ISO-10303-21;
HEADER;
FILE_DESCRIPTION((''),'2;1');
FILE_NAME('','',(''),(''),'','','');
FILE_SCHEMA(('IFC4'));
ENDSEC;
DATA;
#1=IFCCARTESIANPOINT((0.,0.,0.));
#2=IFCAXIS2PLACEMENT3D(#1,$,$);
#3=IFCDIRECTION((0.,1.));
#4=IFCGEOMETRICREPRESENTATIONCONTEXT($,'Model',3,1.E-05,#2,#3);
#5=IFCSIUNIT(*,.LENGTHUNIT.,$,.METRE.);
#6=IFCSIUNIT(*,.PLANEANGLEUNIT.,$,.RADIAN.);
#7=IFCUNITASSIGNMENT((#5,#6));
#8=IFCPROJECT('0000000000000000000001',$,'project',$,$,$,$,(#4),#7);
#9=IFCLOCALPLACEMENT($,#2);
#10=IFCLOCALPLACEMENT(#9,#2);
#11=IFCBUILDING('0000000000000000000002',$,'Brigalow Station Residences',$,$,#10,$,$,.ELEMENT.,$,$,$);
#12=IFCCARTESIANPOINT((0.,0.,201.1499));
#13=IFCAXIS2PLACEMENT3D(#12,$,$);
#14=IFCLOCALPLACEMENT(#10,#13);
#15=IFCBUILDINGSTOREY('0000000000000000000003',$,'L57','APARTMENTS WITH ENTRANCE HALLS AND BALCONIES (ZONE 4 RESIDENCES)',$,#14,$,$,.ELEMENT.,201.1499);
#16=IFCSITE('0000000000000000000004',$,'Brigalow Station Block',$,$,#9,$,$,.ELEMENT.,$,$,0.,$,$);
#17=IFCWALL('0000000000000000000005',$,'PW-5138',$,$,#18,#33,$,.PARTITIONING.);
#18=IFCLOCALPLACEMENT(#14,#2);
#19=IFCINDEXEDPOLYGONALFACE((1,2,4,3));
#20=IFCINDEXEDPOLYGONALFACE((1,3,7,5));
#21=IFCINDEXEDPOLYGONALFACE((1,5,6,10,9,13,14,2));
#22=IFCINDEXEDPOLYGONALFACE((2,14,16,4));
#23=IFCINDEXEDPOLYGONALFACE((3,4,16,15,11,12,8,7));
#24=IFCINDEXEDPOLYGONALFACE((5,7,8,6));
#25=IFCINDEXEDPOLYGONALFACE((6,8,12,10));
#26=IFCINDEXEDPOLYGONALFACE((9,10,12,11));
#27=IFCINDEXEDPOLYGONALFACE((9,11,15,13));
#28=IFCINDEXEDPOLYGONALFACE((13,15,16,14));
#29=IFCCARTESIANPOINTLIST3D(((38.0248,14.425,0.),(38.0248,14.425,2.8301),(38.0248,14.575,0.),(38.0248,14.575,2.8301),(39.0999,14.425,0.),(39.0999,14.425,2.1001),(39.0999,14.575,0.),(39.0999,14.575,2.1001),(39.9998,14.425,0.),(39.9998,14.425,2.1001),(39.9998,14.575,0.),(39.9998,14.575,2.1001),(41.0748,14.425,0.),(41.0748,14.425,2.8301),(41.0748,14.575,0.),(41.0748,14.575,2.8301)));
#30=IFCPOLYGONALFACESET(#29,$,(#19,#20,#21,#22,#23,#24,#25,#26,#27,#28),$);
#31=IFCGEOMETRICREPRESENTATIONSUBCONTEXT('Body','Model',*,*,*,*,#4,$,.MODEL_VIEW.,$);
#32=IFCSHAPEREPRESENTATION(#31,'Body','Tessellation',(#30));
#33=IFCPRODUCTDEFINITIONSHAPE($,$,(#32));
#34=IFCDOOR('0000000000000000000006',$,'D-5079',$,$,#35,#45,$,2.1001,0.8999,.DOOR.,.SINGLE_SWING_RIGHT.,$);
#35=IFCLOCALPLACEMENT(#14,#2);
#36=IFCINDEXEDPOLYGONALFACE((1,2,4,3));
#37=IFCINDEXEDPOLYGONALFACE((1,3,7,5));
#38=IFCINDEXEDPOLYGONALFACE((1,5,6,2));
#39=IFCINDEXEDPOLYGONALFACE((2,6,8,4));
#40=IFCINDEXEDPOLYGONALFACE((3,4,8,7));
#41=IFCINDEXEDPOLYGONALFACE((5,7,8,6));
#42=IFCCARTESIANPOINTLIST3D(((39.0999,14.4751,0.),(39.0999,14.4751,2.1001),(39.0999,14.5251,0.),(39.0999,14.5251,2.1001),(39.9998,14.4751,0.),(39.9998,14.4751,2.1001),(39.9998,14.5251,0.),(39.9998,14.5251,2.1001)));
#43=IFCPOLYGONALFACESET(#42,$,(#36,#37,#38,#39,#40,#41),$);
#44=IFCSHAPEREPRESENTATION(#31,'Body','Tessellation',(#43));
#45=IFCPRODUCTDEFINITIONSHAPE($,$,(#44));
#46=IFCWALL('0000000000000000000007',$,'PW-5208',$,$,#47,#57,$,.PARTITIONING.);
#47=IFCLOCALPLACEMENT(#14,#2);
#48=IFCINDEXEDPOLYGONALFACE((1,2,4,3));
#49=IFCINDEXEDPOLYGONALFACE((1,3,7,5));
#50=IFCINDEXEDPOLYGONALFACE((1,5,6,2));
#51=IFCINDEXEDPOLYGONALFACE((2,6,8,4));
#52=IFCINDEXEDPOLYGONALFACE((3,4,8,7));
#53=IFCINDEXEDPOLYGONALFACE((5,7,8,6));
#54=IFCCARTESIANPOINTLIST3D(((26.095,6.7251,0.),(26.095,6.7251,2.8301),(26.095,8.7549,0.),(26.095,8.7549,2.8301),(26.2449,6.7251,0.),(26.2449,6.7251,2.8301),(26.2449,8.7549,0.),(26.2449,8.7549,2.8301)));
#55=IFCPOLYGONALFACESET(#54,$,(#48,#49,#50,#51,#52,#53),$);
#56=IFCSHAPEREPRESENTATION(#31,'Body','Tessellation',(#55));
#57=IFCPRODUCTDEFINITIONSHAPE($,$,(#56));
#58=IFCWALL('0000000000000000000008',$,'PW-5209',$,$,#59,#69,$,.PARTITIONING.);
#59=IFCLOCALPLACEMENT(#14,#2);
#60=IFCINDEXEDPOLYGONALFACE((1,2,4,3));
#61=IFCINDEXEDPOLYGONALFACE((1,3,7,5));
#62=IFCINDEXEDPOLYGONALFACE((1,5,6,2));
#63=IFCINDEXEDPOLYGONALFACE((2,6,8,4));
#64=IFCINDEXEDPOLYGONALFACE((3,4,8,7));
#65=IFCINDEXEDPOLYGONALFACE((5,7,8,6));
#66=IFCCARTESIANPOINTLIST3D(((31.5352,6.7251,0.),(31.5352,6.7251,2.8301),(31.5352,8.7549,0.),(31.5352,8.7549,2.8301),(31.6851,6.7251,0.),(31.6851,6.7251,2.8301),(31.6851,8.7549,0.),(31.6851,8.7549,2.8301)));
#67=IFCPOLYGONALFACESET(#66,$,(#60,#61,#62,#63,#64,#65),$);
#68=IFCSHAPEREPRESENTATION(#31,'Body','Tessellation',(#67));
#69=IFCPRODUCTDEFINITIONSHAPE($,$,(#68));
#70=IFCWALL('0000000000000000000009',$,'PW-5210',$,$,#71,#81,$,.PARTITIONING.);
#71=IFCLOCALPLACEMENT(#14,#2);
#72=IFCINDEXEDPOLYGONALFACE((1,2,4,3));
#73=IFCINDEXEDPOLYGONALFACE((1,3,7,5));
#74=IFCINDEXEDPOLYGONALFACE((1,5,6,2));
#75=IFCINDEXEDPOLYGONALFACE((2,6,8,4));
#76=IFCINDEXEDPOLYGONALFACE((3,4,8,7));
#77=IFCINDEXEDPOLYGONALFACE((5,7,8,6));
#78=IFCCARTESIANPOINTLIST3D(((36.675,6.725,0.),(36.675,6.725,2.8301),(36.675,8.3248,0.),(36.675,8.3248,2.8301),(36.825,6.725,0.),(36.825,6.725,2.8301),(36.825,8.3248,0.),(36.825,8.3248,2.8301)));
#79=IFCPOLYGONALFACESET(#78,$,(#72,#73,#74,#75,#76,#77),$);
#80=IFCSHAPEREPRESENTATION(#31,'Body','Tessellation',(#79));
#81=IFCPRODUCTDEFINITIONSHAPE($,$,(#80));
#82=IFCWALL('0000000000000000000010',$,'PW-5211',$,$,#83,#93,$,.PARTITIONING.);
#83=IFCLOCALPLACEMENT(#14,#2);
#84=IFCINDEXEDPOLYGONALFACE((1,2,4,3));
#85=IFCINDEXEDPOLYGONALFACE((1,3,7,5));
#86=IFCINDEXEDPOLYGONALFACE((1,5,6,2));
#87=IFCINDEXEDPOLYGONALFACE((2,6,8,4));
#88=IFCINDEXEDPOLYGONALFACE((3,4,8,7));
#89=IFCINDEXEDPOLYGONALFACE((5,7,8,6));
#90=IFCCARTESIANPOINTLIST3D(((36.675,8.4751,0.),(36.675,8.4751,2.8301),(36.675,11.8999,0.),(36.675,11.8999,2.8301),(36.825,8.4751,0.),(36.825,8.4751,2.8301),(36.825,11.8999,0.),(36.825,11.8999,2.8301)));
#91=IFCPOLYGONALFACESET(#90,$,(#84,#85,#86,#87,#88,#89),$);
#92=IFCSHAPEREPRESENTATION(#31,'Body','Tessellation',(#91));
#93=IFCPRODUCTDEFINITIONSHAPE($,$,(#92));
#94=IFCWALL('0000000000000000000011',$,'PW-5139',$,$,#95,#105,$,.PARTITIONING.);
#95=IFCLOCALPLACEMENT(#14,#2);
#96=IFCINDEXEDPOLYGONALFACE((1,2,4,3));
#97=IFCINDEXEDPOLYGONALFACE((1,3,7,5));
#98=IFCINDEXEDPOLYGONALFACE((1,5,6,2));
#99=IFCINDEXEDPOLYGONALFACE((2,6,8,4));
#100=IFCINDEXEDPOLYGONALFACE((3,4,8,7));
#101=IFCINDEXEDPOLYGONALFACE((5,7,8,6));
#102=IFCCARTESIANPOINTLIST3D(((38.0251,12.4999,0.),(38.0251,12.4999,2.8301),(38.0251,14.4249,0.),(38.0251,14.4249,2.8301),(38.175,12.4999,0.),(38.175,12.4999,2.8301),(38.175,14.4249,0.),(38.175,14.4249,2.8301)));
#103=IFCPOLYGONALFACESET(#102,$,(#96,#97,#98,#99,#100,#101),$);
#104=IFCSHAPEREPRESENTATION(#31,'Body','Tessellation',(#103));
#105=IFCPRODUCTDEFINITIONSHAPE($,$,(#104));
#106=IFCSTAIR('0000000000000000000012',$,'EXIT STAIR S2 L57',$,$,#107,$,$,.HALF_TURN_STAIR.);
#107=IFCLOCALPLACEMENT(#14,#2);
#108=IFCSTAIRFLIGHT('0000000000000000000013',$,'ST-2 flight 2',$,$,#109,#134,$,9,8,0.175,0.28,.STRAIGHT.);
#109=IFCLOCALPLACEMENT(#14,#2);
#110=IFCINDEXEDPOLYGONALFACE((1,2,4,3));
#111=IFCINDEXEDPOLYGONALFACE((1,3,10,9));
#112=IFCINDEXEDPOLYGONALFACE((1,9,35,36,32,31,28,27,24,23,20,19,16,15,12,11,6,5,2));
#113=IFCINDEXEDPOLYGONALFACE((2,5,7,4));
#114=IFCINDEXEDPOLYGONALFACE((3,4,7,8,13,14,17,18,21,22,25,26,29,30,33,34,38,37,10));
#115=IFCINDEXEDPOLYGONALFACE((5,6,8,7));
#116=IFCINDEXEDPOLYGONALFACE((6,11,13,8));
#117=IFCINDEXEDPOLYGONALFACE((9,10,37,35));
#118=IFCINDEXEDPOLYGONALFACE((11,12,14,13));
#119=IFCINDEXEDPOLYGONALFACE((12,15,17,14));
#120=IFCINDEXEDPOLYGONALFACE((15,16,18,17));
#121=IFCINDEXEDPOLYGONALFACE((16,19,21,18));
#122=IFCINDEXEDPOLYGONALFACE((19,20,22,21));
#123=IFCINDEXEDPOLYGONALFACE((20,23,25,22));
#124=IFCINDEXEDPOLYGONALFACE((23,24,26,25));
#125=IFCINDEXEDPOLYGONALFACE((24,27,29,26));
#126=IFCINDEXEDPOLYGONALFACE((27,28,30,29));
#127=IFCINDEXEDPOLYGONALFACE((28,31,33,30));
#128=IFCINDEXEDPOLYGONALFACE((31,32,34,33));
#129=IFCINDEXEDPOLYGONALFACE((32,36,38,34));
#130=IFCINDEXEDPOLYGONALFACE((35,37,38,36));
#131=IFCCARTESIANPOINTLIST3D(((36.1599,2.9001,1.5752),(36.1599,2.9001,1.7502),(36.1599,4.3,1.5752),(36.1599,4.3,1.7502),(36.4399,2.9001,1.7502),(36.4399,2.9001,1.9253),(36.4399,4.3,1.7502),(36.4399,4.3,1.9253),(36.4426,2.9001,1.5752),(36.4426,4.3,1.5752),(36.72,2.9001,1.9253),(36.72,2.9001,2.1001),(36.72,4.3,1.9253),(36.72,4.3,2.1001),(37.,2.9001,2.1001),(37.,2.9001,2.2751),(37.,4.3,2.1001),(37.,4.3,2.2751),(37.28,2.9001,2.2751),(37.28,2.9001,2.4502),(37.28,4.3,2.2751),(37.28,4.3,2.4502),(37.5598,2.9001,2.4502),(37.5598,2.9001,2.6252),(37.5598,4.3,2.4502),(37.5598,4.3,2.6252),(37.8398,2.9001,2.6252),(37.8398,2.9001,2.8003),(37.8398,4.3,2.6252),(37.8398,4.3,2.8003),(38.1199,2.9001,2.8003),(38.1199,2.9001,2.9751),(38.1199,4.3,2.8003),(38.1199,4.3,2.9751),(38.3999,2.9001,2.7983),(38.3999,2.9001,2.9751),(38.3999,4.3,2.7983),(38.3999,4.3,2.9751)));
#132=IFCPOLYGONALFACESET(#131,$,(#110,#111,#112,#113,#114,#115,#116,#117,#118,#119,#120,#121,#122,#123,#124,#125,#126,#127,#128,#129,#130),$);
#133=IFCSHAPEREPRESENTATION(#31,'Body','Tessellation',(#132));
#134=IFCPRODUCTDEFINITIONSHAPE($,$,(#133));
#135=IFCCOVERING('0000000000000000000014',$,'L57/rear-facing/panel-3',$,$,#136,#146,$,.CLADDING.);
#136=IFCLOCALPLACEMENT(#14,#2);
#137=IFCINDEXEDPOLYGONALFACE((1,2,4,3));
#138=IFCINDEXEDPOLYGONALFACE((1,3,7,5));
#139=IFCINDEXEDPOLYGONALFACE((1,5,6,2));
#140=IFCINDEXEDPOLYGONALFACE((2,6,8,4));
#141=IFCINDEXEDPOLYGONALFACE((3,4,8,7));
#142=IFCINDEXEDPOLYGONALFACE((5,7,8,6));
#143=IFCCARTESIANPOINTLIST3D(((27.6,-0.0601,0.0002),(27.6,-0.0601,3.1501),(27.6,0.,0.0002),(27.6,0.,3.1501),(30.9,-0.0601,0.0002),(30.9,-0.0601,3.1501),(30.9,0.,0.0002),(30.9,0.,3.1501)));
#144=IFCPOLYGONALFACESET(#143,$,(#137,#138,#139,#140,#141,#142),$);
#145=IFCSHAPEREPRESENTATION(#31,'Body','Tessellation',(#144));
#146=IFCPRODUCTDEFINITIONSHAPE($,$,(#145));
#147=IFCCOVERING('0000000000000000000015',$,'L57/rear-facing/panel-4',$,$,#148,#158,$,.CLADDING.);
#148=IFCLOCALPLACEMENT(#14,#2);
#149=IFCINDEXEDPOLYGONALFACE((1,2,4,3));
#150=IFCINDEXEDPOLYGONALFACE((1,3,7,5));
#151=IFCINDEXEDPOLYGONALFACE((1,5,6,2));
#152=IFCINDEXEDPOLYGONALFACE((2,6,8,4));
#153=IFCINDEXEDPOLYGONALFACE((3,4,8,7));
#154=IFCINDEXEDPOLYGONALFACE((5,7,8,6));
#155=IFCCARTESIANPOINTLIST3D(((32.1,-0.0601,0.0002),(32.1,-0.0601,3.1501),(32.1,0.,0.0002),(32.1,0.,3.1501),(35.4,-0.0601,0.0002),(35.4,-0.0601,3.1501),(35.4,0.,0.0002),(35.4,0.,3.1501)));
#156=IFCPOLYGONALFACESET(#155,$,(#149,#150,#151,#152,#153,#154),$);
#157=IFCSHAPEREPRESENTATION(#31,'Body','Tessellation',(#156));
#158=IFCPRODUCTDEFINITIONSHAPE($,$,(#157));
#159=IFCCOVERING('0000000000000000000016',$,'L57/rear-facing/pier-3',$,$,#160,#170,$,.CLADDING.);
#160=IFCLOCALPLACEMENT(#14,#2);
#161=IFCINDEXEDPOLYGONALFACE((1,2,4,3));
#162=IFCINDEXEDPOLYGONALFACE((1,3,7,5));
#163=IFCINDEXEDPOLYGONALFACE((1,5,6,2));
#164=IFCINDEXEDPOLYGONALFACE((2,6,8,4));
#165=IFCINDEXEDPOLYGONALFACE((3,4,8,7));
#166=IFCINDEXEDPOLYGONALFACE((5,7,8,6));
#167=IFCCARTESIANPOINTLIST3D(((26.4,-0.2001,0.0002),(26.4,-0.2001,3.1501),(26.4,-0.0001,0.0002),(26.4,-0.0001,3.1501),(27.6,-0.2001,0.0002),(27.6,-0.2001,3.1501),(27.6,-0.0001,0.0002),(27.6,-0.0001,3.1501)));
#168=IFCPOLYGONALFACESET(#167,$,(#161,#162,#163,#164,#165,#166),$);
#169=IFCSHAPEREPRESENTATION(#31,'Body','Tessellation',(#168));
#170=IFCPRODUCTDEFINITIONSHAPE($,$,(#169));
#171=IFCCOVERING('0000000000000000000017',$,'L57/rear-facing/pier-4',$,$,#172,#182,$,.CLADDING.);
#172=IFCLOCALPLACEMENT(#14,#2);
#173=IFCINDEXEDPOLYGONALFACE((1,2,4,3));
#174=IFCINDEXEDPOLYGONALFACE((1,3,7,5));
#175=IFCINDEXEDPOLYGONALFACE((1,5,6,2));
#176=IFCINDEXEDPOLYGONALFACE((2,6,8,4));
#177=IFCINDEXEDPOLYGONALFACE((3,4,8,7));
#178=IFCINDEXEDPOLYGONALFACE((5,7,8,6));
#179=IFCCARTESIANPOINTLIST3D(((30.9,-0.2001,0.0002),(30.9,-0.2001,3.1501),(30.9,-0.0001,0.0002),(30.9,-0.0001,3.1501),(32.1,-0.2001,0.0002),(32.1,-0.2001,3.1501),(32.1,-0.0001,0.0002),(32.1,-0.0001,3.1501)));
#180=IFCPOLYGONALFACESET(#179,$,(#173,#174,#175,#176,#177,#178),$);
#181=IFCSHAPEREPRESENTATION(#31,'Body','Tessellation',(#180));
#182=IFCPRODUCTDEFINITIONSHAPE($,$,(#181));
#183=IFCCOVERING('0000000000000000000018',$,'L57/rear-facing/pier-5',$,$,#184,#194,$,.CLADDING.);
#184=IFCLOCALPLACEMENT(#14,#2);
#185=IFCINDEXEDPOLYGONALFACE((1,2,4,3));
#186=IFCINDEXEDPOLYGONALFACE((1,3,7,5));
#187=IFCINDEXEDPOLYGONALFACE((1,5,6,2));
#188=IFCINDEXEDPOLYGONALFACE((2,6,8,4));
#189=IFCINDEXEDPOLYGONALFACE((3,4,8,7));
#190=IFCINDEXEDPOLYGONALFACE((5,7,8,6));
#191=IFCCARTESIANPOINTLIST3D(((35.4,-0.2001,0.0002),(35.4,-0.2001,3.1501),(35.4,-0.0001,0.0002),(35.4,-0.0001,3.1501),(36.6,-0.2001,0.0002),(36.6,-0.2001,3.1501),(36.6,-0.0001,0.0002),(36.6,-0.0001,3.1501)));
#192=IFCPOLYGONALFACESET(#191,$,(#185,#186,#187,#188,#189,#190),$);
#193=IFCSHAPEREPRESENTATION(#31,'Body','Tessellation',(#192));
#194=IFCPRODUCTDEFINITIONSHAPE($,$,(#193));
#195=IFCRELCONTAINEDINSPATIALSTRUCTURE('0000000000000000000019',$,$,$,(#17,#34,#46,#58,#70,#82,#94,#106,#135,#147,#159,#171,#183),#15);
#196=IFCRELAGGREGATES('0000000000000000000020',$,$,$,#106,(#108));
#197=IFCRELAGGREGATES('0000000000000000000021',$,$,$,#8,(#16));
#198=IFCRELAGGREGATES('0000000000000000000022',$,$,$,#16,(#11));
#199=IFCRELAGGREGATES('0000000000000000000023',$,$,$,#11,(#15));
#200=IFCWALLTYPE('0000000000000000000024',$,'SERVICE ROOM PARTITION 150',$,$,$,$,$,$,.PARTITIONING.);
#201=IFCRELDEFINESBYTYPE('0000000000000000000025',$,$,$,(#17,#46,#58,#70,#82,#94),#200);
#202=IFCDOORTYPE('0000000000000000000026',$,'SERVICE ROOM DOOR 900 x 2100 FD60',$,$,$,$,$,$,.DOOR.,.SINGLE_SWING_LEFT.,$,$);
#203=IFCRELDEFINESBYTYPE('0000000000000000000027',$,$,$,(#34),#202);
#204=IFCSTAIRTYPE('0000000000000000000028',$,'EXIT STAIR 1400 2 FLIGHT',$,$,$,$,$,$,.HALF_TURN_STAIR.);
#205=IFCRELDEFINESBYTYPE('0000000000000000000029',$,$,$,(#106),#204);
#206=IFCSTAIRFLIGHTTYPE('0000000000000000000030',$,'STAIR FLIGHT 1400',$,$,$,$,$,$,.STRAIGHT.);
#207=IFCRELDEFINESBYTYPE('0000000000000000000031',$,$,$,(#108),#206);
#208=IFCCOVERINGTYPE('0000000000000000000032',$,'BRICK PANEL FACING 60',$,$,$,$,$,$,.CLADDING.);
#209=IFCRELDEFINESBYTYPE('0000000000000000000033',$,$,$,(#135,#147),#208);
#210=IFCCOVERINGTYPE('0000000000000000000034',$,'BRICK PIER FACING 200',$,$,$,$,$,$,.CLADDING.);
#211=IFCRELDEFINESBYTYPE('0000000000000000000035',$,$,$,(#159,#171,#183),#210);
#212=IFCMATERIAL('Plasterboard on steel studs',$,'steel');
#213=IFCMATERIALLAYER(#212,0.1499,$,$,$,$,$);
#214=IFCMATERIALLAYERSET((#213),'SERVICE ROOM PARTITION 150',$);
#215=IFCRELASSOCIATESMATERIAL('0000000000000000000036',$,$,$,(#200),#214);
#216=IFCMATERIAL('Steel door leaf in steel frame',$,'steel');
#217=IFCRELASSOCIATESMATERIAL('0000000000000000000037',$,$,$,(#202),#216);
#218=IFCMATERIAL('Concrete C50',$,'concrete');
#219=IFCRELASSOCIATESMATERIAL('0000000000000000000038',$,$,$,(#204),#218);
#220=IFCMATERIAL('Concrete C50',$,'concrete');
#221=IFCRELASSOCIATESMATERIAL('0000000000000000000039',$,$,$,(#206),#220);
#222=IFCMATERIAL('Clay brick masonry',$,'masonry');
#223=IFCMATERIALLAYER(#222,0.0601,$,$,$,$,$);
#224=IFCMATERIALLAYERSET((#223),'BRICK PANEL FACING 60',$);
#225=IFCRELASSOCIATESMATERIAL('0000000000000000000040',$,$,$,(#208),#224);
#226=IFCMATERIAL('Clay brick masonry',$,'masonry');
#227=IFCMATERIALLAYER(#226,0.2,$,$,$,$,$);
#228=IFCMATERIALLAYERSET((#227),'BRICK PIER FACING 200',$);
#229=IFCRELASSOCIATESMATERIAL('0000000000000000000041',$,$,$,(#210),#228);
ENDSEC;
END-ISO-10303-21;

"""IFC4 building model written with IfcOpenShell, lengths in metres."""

from ifc_helpers import new_model, si_unit, direction, frame, frame_2d, origin, origin_2d, place, context, subcontext, project, spatial, polyline, rectangle, outline, extrude, material, layer, layer_set, type_object, element, fill, aggregate, save


model = new_model("IFC4")

# Units and contexts
model_context = context("Model", 3, precision=1e-05, world=origin(), true_north=direction((0.0, 1.0)))
body_context = subcontext(model_context, "Body", "Model", "MODEL_VIEW")
ifc_project = project(units=[si_unit("LENGTHUNIT", "METRE"), si_unit("PLANEANGLEUNIT", "RADIAN")], contexts=[model_context])

# Site, building, storey
site_placement = place(None, origin())
site = spatial("IfcSite", under=ifc_project, at=site_placement, Name="Brigalow Station Block", CompositionType="ELEMENT", RefElevation=0.0)
building_placement = place(site_placement, origin())
building = spatial("IfcBuilding", under=site, at=building_placement, Name="Brigalow Station Residences", CompositionType="ELEMENT")
storey_placement = place(building_placement, frame((0.0, 0.0, 201.1499)))
storey = spatial("IfcBuildingStorey", under=building, at=storey_placement, Name="L57", Description="APARTMENTS WITH ENTRANCE HALLS AND BALCONIES (ZONE 4 RESIDENCES)", CompositionType="ELEMENT", Elevation=201.1499)

# Shared definitions
ifc_material_1 = material(Name="Plasterboard on steel studs", Category="steel")
ifc_layer_1 = layer(ifc_material_1, 0.1499)
ifc_layer_set_1 = layer_set([ifc_layer_1], Name="SERVICE ROOM PARTITION 150")
wall_type_1 = type_object("IfcWallType", Name="SERVICE ROOM PARTITION 150", PredefinedType="PARTITIONING", material=ifc_layer_set_1)

# Wall, opening, door
wall_1_placement = place(storey_placement, frame((38.0249, 14.5, 0.0), z_axis=(0.0, 0.0, 1.0), x_axis=(1.0, 0.0, 0.0)))
wall_1 = element("IfcWall", 1, at=wall_1_placement, inside=storey, type_object=wall_type_1, Name="PW-5138", PredefinedType="PARTITIONING", context=body_context, shape_type="SweptSolid", body=[
    extrude(rectangle(XDim=3.05, YDim=0.1499, at=frame_2d((1.5249, 0.0))), origin(), (0.0, 0.0, 1.0), 2.8301),
])
opening_1_placement = place(wall_1_placement, frame((1.075, 0.0, 0.0)))
opening_1 = element("IfcOpeningElement", 2, at=opening_1_placement, cuts=wall_1, PredefinedType="OPENING", context=body_context, shape_type="SweptSolid", body=[
    extrude(rectangle(XDim=0.8999, YDim=2.1001, at=frame_2d((0.45, 1.05))), frame((0.0, 0.085, 0.0), z_axis=(0.0, -1.0, 0.0), x_axis=(1.0, 0.0, 0.0)), (0.0, 0.0, 1.0), 0.1699),
])
ifc_material_2 = material(Name="Steel door leaf in steel frame", Category="steel")
door_type_1 = type_object("IfcDoorType", Name="SERVICE ROOM DOOR 900 x 2100 FD60", OperationType="SINGLE_SWING_LEFT", PredefinedType="DOOR", material=ifc_material_2)
door_1_placement = place(opening_1_placement, frame((0.8999, 0.0, 0.0), z_axis=(0.0, 0.0, 1.0), x_axis=(-1.0, 0.0, 0.0)))
door_1 = element("IfcDoor", 3, at=door_1_placement, inside=storey, type_object=door_type_1, Name="D-5079", OperationType="SINGLE_SWING_RIGHT", OverallHeight=2.1001, OverallWidth=0.8999, PredefinedType="DOOR", context=body_context, shape_type="SweptSolid", body=[
    extrude(rectangle(XDim=0.8999, YDim=2.1001, at=frame_2d((0.45, 1.05))), frame((0.0, 0.0249, 0.0), z_axis=(0.0, -1.0, 0.0), x_axis=(1.0, 0.0, 0.0)), (0.0, 0.0, 1.0), 0.05),
])
fill(opening_1, door_1)

# Walls
for number, where, z_axis, x_axis, name in (
    (4, (26.1699, 6.7251, 0.0), (0.0, 0.0, 1.0), (0.0, 1.0, 0.0), "PW-5208"),
    (5, (31.6101, 6.7251, 0.0), (0.0, 0.0, 1.0), (0.0, 1.0, 0.0), "PW-5209"),
):
    element("IfcWall", number, at=place(storey_placement, frame(where, z_axis=z_axis, x_axis=x_axis)), inside=storey, type_object=wall_type_1, Name=name, PredefinedType="PARTITIONING", context=body_context, shape_type="SweptSolid", body=[
        extrude(rectangle(XDim=2.0298, YDim=0.1499, at=frame_2d((1.0149, 0.0))), origin(), (0.0, 0.0, 1.0), 2.8301),
    ])
wall_2_placement = place(storey_placement, frame((36.75, 6.7251, 0.0), z_axis=(0.0, 0.0, 1.0), x_axis=(0.0, 1.0, 0.0)))
element("IfcWall", 6, at=wall_2_placement, inside=storey, type_object=wall_type_1, Name="PW-5210", PredefinedType="PARTITIONING", context=body_context, shape_type="SweptSolid", body=[
    extrude(rectangle(XDim=1.5999, YDim=0.1499, at=frame_2d((0.7998, 0.0))), origin(), (0.0, 0.0, 1.0), 2.8301),
])
wall_3_placement = place(storey_placement, frame((36.75, 8.4751, 0.0), z_axis=(0.0, 0.0, 1.0), x_axis=(0.0, 1.0, 0.0)))
element("IfcWall", 7, at=wall_3_placement, inside=storey, type_object=wall_type_1, Name="PW-5211", PredefinedType="PARTITIONING", context=body_context, shape_type="SweptSolid", body=[
    extrude(rectangle(XDim=3.4248, YDim=0.1499, at=frame_2d((1.7124, 0.0))), origin(), (0.0, 0.0, 1.0), 2.8301),
])
wall_4_placement = place(storey_placement, frame((38.1001, 12.5, 0.0), z_axis=(0.0, 0.0, 1.0), x_axis=(0.0, 1.0, 0.0)))
element("IfcWall", 8, at=wall_4_placement, inside=storey, type_object=wall_type_1, Name="PW-5139", PredefinedType="PARTITIONING", context=body_context, shape_type="SweptSolid", body=[
    extrude(rectangle(XDim=1.925, YDim=0.1499, at=frame_2d((0.9624, 0.0))), origin(), (0.0, 0.0, 1.0), 2.8301),
])

# Stair, stair flight
ifc_material_3 = material(Name="Concrete C50", Category="concrete")
stair_type = type_object("IfcStairType", Name="EXIT STAIR 1400 2 FLIGHT", PredefinedType="HALF_TURN_STAIR", material=ifc_material_3)
stair_placement = place(storey_placement, origin())
stair = element("IfcStair", 9, at=stair_placement, inside=storey, type_object=stair_type, Name="EXIT STAIR S2 L57", PredefinedType="HALF_TURN_STAIR")
ifc_material_4 = material(Name="Concrete C50", Category="concrete")
stair_flight_type = type_object("IfcStairFlightType", Name="STAIR FLIGHT 1400", PredefinedType="STRAIGHT", material=ifc_material_4)
stair_flight_placement = place(storey_placement, frame((36.1599, 3.6001, 1.5752), z_axis=(0.0, 0.0, 1.0), x_axis=(1.0, 0.0, 0.0)))
stair_flight = element("IfcStairFlight", 10, at=stair_flight_placement, type_object=stair_flight_type, Name="ST-2 flight 2", NumberOfRisers=9, NumberOfTreads=8, PredefinedType="STRAIGHT", RiserHeight=0.175, TreadLength=0.28, context=body_context, shape_type="SweptSolid", body=[
    extrude(outline(polyline([(0.0, 0.0), (0.0, 0.175), (0.28, 0.175), (0.28, 0.3501), (0.5601, 0.3501), (0.5601, 0.5249), (0.8401, 0.5249), (0.8401, 0.7), (1.1201, 0.7), (1.1201, 0.875), (1.3999, 0.875), (1.3999, 1.05), (1.6799, 1.05), (1.6799, 1.2251), (1.96, 1.2251), (1.96, 1.3999), (2.24, 1.3999), (2.24, 1.575), (2.24, 1.2231), (0.2827, 0.0), (0.0, 0.0)])), frame((0.0, 0.7, 0.0), z_axis=(0.0, -1.0, 0.0), x_axis=(1.0, 0.0, 0.0)), (0.0, 0.0, 1.0), 1.3999),
])
aggregate(stair, [stair_flight])

# Coverings
ifc_material_5 = material(Name="Clay brick masonry", Category="masonry")
ifc_layer_2 = layer(ifc_material_5, 0.0601)
ifc_layer_set_2 = layer_set([ifc_layer_2], Name="BRICK PANEL FACING 60")
covering_type_1 = type_object("IfcCoveringType", Name="BRICK PANEL FACING 60", PredefinedType="CLADDING", material=ifc_layer_set_2)
for number, where, z_axis, x_axis, name in (
    (11, (29.25, -0.03, 0.0002), (0.0, 0.0, 1.0), (1.0, 0.0, 0.0), "L57/rear-facing/panel-3"),
    (12, (33.75, -0.03, 0.0002), (0.0, 0.0, 1.0), (1.0, 0.0, 0.0), "L57/rear-facing/panel-4"),
):
    element("IfcCovering", number, at=place(storey_placement, frame(where, z_axis=z_axis, x_axis=x_axis)), inside=storey, type_object=covering_type_1, Name=name, PredefinedType="CLADDING", context=body_context, shape_type="SweptSolid", body=[
        extrude(rectangle(XDim=3.3, YDim=0.0601, at=origin_2d()), origin(), (0.0, 0.0, 1.0), 3.1499),
    ])
ifc_material_6 = material(Name="Clay brick masonry", Category="masonry")
ifc_layer_3 = layer(ifc_material_6, 0.2)
ifc_layer_set_3 = layer_set([ifc_layer_3], Name="BRICK PIER FACING 200")
covering_type_2 = type_object("IfcCoveringType", Name="BRICK PIER FACING 200", PredefinedType="CLADDING", material=ifc_layer_set_3)
for number, where, z_axis, x_axis, name in (
    (13, (27.0, -0.1001, 0.0002), (0.0, 0.0, 1.0), (1.0, 0.0, 0.0), "L57/rear-facing/pier-3"),
    (14, (31.5, -0.1001, 0.0002), (0.0, 0.0, 1.0), (1.0, 0.0, 0.0), "L57/rear-facing/pier-4"),
    (15, (36.0, -0.1001, 0.0002), (0.0, 0.0, 1.0), (1.0, 0.0, 0.0), "L57/rear-facing/pier-5"),
):
    element("IfcCovering", number, at=place(storey_placement, frame(where, z_axis=z_axis, x_axis=x_axis)), inside=storey, type_object=covering_type_2, Name=name, PredefinedType="CLADDING", context=body_context, shape_type="SweptSolid", body=[
        extrude(rectangle(XDim=1.2, YDim=0.2, at=origin_2d()), origin(), (0.0, 0.0, 1.0), 3.1499),
    ])

save(model, "model.ifc")
